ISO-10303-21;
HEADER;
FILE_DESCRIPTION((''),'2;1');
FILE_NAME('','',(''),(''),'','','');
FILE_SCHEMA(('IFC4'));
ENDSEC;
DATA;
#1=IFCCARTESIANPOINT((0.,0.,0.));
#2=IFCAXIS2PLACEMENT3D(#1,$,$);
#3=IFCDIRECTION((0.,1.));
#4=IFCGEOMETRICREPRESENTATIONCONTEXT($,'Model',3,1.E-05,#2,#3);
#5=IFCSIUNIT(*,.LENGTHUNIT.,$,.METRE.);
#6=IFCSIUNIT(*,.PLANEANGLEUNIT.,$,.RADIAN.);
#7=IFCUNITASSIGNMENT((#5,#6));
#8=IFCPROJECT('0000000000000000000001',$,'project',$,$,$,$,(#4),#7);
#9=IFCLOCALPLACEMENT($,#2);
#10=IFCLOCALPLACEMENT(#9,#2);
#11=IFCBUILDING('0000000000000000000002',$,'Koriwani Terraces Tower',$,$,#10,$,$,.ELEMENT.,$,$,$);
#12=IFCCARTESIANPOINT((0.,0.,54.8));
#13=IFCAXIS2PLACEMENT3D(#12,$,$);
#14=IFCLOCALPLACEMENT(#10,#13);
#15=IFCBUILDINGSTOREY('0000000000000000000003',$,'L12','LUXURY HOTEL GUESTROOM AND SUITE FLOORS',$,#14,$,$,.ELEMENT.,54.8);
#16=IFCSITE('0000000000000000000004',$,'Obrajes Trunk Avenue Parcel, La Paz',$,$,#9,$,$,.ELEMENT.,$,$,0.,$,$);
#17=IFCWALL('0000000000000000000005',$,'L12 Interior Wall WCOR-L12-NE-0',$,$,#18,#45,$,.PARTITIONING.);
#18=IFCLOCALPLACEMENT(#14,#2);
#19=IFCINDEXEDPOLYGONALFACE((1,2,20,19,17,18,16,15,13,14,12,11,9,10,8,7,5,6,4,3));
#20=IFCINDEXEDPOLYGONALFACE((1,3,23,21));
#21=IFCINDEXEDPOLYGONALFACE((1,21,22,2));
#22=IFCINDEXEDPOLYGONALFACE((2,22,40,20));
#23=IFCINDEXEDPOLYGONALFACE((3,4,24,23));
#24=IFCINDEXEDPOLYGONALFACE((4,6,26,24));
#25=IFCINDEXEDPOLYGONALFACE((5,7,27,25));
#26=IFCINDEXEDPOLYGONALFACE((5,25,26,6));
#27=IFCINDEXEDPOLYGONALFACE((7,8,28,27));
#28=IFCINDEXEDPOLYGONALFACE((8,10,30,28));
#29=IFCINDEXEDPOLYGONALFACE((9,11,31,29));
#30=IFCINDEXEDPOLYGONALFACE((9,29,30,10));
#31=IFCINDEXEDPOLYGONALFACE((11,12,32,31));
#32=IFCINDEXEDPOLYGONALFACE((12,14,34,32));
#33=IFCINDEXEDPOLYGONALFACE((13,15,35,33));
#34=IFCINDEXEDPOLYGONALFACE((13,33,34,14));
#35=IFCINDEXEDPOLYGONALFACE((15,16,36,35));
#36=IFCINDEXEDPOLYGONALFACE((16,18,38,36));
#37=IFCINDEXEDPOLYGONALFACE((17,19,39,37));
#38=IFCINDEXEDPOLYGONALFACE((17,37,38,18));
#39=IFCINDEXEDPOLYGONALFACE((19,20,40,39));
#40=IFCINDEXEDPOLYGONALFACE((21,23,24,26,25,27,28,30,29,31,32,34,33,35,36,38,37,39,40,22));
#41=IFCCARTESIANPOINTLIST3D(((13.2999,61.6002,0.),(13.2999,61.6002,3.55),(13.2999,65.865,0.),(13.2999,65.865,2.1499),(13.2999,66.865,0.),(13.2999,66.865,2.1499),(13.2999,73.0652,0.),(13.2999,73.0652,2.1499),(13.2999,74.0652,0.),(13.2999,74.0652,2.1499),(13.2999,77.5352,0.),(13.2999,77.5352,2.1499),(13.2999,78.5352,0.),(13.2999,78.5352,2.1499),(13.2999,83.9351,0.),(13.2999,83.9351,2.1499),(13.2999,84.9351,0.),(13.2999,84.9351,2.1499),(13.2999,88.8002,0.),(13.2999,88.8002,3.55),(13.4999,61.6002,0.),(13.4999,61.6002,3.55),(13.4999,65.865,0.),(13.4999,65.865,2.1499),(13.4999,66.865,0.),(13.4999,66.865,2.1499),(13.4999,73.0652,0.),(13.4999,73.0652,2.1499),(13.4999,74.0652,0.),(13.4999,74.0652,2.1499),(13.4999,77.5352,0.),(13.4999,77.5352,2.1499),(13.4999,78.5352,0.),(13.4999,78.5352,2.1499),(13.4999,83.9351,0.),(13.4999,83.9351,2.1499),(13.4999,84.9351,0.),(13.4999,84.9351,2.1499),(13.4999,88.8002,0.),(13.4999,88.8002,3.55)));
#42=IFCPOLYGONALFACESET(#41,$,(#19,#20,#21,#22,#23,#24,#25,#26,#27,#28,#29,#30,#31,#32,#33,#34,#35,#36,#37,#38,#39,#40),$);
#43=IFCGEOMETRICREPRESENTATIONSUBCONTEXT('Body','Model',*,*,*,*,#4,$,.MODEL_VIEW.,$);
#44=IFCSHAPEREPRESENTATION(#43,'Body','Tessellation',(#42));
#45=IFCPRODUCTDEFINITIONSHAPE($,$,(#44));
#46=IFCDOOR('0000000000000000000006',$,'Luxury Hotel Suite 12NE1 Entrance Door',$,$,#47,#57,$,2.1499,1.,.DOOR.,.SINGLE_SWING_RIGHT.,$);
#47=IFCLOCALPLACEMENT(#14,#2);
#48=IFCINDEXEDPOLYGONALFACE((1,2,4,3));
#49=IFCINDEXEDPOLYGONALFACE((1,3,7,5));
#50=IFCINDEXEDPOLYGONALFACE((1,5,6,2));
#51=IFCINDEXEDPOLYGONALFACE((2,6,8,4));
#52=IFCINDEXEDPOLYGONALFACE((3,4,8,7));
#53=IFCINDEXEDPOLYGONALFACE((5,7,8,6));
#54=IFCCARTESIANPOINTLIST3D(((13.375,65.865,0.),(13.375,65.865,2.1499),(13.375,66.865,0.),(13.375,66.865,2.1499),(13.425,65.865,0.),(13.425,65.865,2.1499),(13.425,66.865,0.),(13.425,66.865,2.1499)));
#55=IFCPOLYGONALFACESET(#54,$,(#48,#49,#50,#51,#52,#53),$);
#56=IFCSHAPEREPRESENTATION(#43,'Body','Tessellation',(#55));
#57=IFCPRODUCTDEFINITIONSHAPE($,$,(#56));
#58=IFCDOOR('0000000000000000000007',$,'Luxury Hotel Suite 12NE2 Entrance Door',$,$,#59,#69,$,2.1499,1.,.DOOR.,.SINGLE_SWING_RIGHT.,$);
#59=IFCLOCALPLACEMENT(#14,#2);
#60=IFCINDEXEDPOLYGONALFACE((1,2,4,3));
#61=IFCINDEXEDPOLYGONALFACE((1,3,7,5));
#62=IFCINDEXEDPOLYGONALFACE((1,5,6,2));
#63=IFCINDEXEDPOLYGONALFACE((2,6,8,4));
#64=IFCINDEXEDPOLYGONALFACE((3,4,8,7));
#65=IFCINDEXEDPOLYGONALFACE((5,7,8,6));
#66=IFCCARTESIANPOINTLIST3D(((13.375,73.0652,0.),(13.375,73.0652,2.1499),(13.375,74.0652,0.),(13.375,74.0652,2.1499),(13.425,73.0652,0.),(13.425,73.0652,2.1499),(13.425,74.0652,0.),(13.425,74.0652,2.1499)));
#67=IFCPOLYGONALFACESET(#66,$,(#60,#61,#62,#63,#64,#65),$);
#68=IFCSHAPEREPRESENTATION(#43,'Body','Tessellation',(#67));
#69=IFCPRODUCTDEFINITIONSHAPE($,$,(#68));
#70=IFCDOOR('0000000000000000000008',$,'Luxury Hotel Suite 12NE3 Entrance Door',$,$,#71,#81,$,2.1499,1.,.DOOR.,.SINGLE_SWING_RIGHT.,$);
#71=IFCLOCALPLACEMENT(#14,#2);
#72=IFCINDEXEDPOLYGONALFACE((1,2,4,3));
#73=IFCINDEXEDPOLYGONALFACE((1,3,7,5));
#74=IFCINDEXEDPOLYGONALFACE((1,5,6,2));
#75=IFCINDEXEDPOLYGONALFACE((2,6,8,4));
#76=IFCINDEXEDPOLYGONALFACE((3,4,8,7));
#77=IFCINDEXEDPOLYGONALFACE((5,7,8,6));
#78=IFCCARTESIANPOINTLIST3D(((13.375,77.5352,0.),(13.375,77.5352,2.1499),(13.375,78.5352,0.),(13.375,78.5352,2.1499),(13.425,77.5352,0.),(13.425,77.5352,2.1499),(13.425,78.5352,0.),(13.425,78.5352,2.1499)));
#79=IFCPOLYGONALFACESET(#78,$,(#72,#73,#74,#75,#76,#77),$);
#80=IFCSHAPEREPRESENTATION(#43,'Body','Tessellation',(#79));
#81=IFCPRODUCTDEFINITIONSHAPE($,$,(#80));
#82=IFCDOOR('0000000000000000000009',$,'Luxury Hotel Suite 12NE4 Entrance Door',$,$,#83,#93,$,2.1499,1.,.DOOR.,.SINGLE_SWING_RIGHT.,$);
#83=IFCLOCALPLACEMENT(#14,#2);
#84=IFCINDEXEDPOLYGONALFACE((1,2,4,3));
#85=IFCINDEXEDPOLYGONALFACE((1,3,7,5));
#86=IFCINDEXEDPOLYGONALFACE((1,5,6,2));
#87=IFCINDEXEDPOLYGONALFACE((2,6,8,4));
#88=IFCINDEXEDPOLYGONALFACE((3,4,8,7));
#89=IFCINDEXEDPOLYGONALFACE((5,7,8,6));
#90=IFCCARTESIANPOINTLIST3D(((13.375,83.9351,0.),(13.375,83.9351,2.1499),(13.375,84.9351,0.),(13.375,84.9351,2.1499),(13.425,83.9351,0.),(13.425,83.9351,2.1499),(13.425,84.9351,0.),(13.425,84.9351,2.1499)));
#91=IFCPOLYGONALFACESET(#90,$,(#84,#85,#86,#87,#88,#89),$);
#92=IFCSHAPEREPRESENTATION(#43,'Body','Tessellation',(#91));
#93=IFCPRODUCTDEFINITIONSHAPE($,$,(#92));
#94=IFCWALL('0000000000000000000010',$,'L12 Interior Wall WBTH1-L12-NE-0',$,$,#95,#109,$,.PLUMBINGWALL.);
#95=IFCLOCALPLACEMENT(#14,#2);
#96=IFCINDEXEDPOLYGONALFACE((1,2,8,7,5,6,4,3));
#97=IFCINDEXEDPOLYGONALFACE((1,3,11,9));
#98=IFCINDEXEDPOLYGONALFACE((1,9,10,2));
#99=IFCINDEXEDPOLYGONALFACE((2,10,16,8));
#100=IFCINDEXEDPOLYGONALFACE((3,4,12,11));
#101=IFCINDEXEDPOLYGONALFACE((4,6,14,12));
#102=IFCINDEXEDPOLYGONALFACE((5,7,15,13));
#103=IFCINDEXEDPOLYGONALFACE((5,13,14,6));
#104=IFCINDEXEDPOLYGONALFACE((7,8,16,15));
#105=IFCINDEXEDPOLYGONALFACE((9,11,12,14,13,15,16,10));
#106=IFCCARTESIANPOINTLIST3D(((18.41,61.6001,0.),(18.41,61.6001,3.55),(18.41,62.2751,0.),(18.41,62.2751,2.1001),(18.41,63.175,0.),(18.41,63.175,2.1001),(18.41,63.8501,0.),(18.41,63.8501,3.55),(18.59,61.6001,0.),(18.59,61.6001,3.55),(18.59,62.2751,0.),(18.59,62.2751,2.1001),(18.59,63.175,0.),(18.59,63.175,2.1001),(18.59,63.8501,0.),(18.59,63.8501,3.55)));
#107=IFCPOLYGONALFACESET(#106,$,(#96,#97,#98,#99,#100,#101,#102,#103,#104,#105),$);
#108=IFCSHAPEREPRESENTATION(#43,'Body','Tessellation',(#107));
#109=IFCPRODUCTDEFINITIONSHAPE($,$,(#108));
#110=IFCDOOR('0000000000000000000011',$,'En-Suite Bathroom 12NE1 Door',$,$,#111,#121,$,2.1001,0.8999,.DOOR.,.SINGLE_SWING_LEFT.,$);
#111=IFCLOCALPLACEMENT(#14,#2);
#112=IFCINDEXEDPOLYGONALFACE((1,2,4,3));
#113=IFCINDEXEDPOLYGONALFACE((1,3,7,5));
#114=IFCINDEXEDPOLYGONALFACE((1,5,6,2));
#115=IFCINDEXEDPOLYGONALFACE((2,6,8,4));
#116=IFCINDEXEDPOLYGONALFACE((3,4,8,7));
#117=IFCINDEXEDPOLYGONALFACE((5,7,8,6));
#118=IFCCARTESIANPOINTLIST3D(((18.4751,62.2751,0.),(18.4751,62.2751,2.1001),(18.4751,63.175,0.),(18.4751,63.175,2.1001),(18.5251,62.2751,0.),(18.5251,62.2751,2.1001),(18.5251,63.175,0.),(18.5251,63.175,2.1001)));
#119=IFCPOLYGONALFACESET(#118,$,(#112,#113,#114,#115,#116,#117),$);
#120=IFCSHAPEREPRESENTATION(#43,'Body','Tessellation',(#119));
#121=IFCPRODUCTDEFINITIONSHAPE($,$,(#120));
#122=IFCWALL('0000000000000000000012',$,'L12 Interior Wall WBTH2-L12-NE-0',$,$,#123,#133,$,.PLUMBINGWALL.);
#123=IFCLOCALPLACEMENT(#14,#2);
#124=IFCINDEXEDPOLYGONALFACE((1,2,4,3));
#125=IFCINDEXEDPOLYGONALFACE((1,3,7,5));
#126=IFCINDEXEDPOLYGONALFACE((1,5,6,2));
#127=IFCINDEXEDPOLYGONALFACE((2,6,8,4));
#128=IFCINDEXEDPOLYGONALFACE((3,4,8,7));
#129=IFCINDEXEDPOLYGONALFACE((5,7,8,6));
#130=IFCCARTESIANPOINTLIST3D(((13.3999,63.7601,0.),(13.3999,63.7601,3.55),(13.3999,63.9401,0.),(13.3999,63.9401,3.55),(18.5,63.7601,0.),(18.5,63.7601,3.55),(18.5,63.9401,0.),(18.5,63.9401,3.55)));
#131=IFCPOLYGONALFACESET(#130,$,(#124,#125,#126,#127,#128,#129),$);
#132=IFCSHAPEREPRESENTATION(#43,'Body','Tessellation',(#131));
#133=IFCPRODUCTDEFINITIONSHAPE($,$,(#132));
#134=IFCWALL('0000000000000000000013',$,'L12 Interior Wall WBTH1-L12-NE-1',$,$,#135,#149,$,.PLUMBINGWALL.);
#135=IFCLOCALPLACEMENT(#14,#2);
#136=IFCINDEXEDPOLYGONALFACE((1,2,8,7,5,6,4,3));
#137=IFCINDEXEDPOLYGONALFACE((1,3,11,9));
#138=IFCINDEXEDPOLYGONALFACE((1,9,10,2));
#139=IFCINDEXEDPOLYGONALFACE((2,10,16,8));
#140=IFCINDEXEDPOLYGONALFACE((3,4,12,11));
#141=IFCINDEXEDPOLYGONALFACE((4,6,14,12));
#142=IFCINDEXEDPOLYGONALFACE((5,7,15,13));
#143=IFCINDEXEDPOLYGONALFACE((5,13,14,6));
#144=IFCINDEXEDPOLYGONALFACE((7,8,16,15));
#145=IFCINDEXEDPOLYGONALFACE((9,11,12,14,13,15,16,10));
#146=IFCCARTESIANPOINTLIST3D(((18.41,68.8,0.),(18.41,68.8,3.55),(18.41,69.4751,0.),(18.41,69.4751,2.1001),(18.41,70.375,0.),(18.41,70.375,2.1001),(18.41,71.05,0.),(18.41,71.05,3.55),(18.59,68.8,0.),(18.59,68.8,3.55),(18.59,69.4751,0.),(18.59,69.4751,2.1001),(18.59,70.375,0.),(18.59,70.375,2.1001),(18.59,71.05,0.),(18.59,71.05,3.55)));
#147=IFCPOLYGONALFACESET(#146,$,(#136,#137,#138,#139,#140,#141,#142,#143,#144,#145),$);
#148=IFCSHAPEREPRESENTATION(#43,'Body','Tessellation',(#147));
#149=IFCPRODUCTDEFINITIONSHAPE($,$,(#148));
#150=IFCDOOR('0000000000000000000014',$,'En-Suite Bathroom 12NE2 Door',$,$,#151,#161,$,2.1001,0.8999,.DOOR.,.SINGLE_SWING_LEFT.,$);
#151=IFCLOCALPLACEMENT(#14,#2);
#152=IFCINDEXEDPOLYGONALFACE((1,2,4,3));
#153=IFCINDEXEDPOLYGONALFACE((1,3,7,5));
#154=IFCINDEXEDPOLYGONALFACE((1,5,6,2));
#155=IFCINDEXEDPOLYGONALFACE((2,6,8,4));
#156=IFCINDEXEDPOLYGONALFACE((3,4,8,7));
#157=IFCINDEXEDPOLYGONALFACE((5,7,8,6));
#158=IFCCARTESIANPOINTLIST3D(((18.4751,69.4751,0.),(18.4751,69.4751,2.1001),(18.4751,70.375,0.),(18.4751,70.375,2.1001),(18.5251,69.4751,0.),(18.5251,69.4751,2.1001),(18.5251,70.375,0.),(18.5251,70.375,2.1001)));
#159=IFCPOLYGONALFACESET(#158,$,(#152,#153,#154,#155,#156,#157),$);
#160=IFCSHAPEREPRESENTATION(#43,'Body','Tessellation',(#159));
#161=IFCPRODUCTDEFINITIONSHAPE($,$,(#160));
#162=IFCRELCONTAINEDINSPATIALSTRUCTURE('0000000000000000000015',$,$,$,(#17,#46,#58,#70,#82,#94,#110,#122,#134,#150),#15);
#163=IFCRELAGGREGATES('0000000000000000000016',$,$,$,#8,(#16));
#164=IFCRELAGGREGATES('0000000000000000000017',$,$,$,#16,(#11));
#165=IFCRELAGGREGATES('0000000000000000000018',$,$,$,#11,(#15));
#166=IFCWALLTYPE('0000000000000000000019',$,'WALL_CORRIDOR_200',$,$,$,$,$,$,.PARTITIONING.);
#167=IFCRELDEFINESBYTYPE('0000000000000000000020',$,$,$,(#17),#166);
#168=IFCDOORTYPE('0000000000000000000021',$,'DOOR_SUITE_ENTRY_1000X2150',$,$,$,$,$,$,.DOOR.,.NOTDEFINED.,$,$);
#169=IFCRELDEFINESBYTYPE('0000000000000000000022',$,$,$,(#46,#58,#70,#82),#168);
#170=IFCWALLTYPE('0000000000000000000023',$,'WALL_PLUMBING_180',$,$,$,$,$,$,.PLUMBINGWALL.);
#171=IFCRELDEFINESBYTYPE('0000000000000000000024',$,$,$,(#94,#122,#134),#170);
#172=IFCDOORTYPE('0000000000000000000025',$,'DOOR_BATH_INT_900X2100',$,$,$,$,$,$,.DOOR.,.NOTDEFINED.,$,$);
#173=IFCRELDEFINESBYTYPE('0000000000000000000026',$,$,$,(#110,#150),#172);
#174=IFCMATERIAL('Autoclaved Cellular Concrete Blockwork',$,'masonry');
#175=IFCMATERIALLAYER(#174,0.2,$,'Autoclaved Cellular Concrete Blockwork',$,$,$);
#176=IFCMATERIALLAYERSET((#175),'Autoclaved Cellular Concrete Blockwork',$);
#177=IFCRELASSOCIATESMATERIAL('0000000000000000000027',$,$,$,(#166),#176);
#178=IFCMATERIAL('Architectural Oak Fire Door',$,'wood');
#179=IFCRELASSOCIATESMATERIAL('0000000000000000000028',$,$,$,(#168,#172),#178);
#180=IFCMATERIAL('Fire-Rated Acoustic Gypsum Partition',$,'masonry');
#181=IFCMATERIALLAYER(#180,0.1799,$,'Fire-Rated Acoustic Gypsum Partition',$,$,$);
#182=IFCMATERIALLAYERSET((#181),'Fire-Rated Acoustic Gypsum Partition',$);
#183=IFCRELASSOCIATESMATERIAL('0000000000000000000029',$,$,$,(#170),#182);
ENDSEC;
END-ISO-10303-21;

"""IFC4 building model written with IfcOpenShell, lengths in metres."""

from ifc_helpers import new_model, si_unit, direction, frame, frame_2d, origin, place, context, subcontext, project, spatial, rectangle, extrude, material, layer, layer_set, type_object, element, fill, save


model = new_model("IFC4")

# Units and contexts
model_context = context("Model", 3, precision=1e-05, world=origin(), true_north=direction((0.0, 1.0)))
body_context = subcontext(model_context, "Body", "Model", "MODEL_VIEW")
ifc_project = project(units=[si_unit("LENGTHUNIT", "METRE"), si_unit("PLANEANGLEUNIT", "RADIAN")], contexts=[model_context])

# Site, building, storey
site_placement = place(None, origin())
site = spatial("IfcSite", under=ifc_project, at=site_placement, Name="Obrajes Trunk Avenue Parcel, La Paz", CompositionType="ELEMENT", RefElevation=0.0)
building_placement = place(site_placement, origin())
building = spatial("IfcBuilding", under=site, at=building_placement, Name="Koriwani Terraces Tower", CompositionType="ELEMENT")
storey_placement = place(building_placement, frame((0.0, 0.0, 54.8)))
storey = spatial("IfcBuildingStorey", under=building, at=storey_placement, Name="L12", Description="LUXURY HOTEL GUESTROOM AND SUITE FLOORS", CompositionType="ELEMENT", Elevation=54.8)

# Wall, openings, doors
ifc_material_1 = material(Name="Autoclaved Cellular Concrete Blockwork", Category="masonry")
ifc_layer_1 = layer(ifc_material_1, 0.2, Name="Autoclaved Cellular Concrete Blockwork")
ifc_layer_set_1 = layer_set([ifc_layer_1], Name="Autoclaved Cellular Concrete Blockwork")
wall_type_1 = type_object("IfcWallType", Name="WALL_CORRIDOR_200", PredefinedType="PARTITIONING", material=ifc_layer_set_1)
wall_1_placement = place(storey_placement, frame((13.3999, 61.6001, 0.0), z_axis=(0.0, 0.0, 1.0), x_axis=(0.0, 1.0, 0.0)))
wall_1 = element("IfcWall", 1, at=wall_1_placement, inside=storey, type_object=wall_type_1, Name="L12 Interior Wall WCOR-L12-NE-0", PredefinedType="PARTITIONING", context=body_context, shape_type="SweptSolid", body=[
    extrude(rectangle(XDim=27.2, YDim=0.2, at=frame_2d((13.6001, 0.0))), origin(), (0.0, 0.0, 1.0), 3.55),
])
opening_1_placement = place(wall_1_placement, frame((4.2649, 0.0, 0.0)))
opening_1 = element("IfcOpeningElement", 2, at=opening_1_placement, cuts=wall_1, PredefinedType="OPENING", context=body_context, shape_type="SweptSolid", body=[
    extrude(rectangle(XDim=1.0, YDim=2.1499, at=frame_2d((0.5, 1.075))), frame((0.0, 0.1099, 0.0), z_axis=(0.0, -1.0, 0.0), x_axis=(1.0, 0.0, 0.0)), (0.0, 0.0, 1.0), 0.22),
])
opening_2_placement = place(wall_1_placement, frame((11.4651, 0.0, 0.0)))
opening_2 = element("IfcOpeningElement", 3, at=opening_2_placement, cuts=wall_1, PredefinedType="OPENING", context=body_context, shape_type="SweptSolid", body=[
    extrude(rectangle(XDim=1.0, YDim=2.1499, at=frame_2d((0.5, 1.075))), frame((0.0, 0.1099, 0.0), z_axis=(0.0, -1.0, 0.0), x_axis=(1.0, 0.0, 0.0)), (0.0, 0.0, 1.0), 0.22),
])
opening_3_placement = place(wall_1_placement, frame((15.9351, 0.0, 0.0)))
opening_3 = element("IfcOpeningElement", 4, at=opening_3_placement, cuts=wall_1, PredefinedType="OPENING", context=body_context, shape_type="SweptSolid", body=[
    extrude(rectangle(XDim=1.0, YDim=2.1499, at=frame_2d((0.5, 1.075))), frame((0.0, 0.1099, 0.0), z_axis=(0.0, -1.0, 0.0), x_axis=(1.0, 0.0, 0.0)), (0.0, 0.0, 1.0), 0.22),
])
opening_4_placement = place(wall_1_placement, frame((22.335, 0.0, 0.0)))
opening_4 = element("IfcOpeningElement", 5, at=opening_4_placement, cuts=wall_1, PredefinedType="OPENING", context=body_context, shape_type="SweptSolid", body=[
    extrude(rectangle(XDim=1.0, YDim=2.1499, at=frame_2d((0.5, 1.075))), frame((0.0, 0.1099, 0.0), z_axis=(0.0, -1.0, 0.0), x_axis=(1.0, 0.0, 0.0)), (0.0, 0.0, 1.0), 0.22),
])
ifc_material_2 = material(Name="Architectural Oak Fire Door", Category="wood")
door_type_1 = type_object("IfcDoorType", Name="DOOR_SUITE_ENTRY_1000X2150", OperationType="NOTDEFINED", PredefinedType="DOOR", material=ifc_material_2)
door_1_placement = place(opening_1_placement, origin())
door_1 = element("IfcDoor", 6, at=door_1_placement, inside=storey, type_object=door_type_1, Name="Luxury Hotel Suite 12NE1 Entrance Door", OperationType="SINGLE_SWING_RIGHT", OverallHeight=2.1499, OverallWidth=1.0, PredefinedType="DOOR", context=body_context, shape_type="SweptSolid", body=[
    extrude(rectangle(XDim=1.0, YDim=2.1499, at=frame_2d((0.5, 1.075))), frame((0.0, 0.0249, 0.0), z_axis=(0.0, -1.0, 0.0), x_axis=(1.0, 0.0, 0.0)), (0.0, 0.0, 1.0), 0.05),
])
fill(opening_1, door_1)
door_2_placement = place(opening_2_placement, origin())
door_2 = element("IfcDoor", 7, at=door_2_placement, inside=storey, type_object=door_type_1, Name="Luxury Hotel Suite 12NE2 Entrance Door", OperationType="SINGLE_SWING_RIGHT", OverallHeight=2.1499, OverallWidth=1.0, PredefinedType="DOOR", context=body_context, shape_type="SweptSolid", body=[
    extrude(rectangle(XDim=1.0, YDim=2.1499, at=frame_2d((0.5, 1.075))), frame((0.0, 0.0249, 0.0), z_axis=(0.0, -1.0, 0.0), x_axis=(1.0, 0.0, 0.0)), (0.0, 0.0, 1.0), 0.05),
])
fill(opening_2, door_2)
door_3_placement = place(opening_3_placement, origin())
door_3 = element("IfcDoor", 8, at=door_3_placement, inside=storey, type_object=door_type_1, Name="Luxury Hotel Suite 12NE3 Entrance Door", OperationType="SINGLE_SWING_RIGHT", OverallHeight=2.1499, OverallWidth=1.0, PredefinedType="DOOR", context=body_context, shape_type="SweptSolid", body=[
    extrude(rectangle(XDim=1.0, YDim=2.1499, at=frame_2d((0.5, 1.075))), frame((0.0, 0.0249, 0.0), z_axis=(0.0, -1.0, 0.0), x_axis=(1.0, 0.0, 0.0)), (0.0, 0.0, 1.0), 0.05),
])
fill(opening_3, door_3)
door_4_placement = place(opening_4_placement, origin())
door_4 = element("IfcDoor", 9, at=door_4_placement, inside=storey, type_object=door_type_1, Name="Luxury Hotel Suite 12NE4 Entrance Door", OperationType="SINGLE_SWING_RIGHT", OverallHeight=2.1499, OverallWidth=1.0, PredefinedType="DOOR", context=body_context, shape_type="SweptSolid", body=[
    extrude(rectangle(XDim=1.0, YDim=2.1499, at=frame_2d((0.5, 1.075))), frame((0.0, 0.0249, 0.0), z_axis=(0.0, -1.0, 0.0), x_axis=(1.0, 0.0, 0.0)), (0.0, 0.0, 1.0), 0.05),
])
fill(opening_4, door_4)

# Wall, opening, door
ifc_material_3 = material(Name="Fire-Rated Acoustic Gypsum Partition", Category="masonry")
ifc_layer_2 = layer(ifc_material_3, 0.1799, Name="Fire-Rated Acoustic Gypsum Partition")
ifc_layer_set_2 = layer_set([ifc_layer_2], Name="Fire-Rated Acoustic Gypsum Partition")
wall_type_2 = type_object("IfcWallType", Name="WALL_PLUMBING_180", PredefinedType="PLUMBINGWALL", material=ifc_layer_set_2)
wall_2_placement = place(storey_placement, frame((18.5, 61.6001, 0.0), z_axis=(0.0, 0.0, 1.0), x_axis=(0.0, 1.0, 0.0)))
wall_2 = element("IfcWall", 10, at=wall_2_placement, inside=storey, type_object=wall_type_2, Name="L12 Interior Wall WBTH1-L12-NE-0", PredefinedType="PLUMBINGWALL", context=body_context, shape_type="SweptSolid", body=[
    extrude(rectangle(XDim=2.25, YDim=0.1799, at=frame_2d((1.125, 0.0))), origin(), (0.0, 0.0, 1.0), 3.55),
])
opening_5_placement = place(wall_2_placement, frame((0.675, 0.0, 0.0)))
opening_5 = element("IfcOpeningElement", 11, at=opening_5_placement, cuts=wall_2, PredefinedType="OPENING", context=body_context, shape_type="SweptSolid", body=[
    extrude(rectangle(XDim=0.8999, YDim=2.1001, at=frame_2d((0.45, 1.05))), frame((0.0, 0.1001, 0.0), z_axis=(0.0, -1.0, 0.0), x_axis=(1.0, 0.0, 0.0)), (0.0, 0.0, 1.0), 0.2),
])
door_type_2 = type_object("IfcDoorType", Name="DOOR_BATH_INT_900X2100", OperationType="NOTDEFINED", PredefinedType="DOOR", material=ifc_material_2)
door_5_placement = place(opening_5_placement, origin())
door_5 = element("IfcDoor", 12, at=door_5_placement, inside=storey, type_object=door_type_2, Name="En-Suite Bathroom 12NE1 Door", OperationType="SINGLE_SWING_LEFT", OverallHeight=2.1001, OverallWidth=0.8999, PredefinedType="DOOR", context=body_context, shape_type="SweptSolid", body=[
    extrude(rectangle(XDim=0.8999, YDim=2.1001, at=frame_2d((0.45, 1.05))), frame((0.0, 0.0249, 0.0), z_axis=(0.0, -1.0, 0.0), x_axis=(1.0, 0.0, 0.0)), (0.0, 0.0, 1.0), 0.05),
])
fill(opening_5, door_5)

# Wall
wall_3_placement = place(storey_placement, frame((13.3999, 63.8501, 0.0), z_axis=(0.0, 0.0, 1.0), x_axis=(1.0, 0.0, 0.0)))
element("IfcWall", 13, at=wall_3_placement, inside=storey, type_object=wall_type_2, Name="L12 Interior Wall WBTH2-L12-NE-0", PredefinedType="PLUMBINGWALL", context=body_context, shape_type="SweptSolid", body=[
    extrude(rectangle(XDim=5.1001, YDim=0.1799, at=frame_2d((2.55, 0.0))), origin(), (0.0, 0.0, 1.0), 3.55),
])

# Wall, opening, door
wall_4_placement = place(storey_placement, frame((18.5, 68.8, 0.0), z_axis=(0.0, 0.0, 1.0), x_axis=(0.0, 1.0, 0.0)))
wall_4 = element("IfcWall", 14, at=wall_4_placement, inside=storey, type_object=wall_type_2, Name="L12 Interior Wall WBTH1-L12-NE-1", PredefinedType="PLUMBINGWALL", context=body_context, shape_type="SweptSolid", body=[
    extrude(rectangle(XDim=2.25, YDim=0.1799, at=frame_2d((1.125, 0.0))), origin(), (0.0, 0.0, 1.0), 3.55),
])
opening_6_placement = place(wall_4_placement, frame((0.675, 0.0, 0.0)))
opening_6 = element("IfcOpeningElement", 15, at=opening_6_placement, cuts=wall_4, PredefinedType="OPENING", context=body_context, shape_type="SweptSolid", body=[
    extrude(rectangle(XDim=0.8999, YDim=2.1001, at=frame_2d((0.45, 1.05))), frame((0.0, 0.1001, 0.0), z_axis=(0.0, -1.0, 0.0), x_axis=(1.0, 0.0, 0.0)), (0.0, 0.0, 1.0), 0.2),
])
door_6_placement = place(opening_6_placement, origin())
door_6 = element("IfcDoor", 16, at=door_6_placement, inside=storey, type_object=door_type_2, Name="En-Suite Bathroom 12NE2 Door", OperationType="SINGLE_SWING_LEFT", OverallHeight=2.1001, OverallWidth=0.8999, PredefinedType="DOOR", context=body_context, shape_type="SweptSolid", body=[
    extrude(rectangle(XDim=0.8999, YDim=2.1001, at=frame_2d((0.45, 1.05))), frame((0.0, 0.0249, 0.0), z_axis=(0.0, -1.0, 0.0), x_axis=(1.0, 0.0, 0.0)), (0.0, 0.0, 1.0), 0.05),
])
fill(opening_6, door_6)

save(model, "model.ifc")
